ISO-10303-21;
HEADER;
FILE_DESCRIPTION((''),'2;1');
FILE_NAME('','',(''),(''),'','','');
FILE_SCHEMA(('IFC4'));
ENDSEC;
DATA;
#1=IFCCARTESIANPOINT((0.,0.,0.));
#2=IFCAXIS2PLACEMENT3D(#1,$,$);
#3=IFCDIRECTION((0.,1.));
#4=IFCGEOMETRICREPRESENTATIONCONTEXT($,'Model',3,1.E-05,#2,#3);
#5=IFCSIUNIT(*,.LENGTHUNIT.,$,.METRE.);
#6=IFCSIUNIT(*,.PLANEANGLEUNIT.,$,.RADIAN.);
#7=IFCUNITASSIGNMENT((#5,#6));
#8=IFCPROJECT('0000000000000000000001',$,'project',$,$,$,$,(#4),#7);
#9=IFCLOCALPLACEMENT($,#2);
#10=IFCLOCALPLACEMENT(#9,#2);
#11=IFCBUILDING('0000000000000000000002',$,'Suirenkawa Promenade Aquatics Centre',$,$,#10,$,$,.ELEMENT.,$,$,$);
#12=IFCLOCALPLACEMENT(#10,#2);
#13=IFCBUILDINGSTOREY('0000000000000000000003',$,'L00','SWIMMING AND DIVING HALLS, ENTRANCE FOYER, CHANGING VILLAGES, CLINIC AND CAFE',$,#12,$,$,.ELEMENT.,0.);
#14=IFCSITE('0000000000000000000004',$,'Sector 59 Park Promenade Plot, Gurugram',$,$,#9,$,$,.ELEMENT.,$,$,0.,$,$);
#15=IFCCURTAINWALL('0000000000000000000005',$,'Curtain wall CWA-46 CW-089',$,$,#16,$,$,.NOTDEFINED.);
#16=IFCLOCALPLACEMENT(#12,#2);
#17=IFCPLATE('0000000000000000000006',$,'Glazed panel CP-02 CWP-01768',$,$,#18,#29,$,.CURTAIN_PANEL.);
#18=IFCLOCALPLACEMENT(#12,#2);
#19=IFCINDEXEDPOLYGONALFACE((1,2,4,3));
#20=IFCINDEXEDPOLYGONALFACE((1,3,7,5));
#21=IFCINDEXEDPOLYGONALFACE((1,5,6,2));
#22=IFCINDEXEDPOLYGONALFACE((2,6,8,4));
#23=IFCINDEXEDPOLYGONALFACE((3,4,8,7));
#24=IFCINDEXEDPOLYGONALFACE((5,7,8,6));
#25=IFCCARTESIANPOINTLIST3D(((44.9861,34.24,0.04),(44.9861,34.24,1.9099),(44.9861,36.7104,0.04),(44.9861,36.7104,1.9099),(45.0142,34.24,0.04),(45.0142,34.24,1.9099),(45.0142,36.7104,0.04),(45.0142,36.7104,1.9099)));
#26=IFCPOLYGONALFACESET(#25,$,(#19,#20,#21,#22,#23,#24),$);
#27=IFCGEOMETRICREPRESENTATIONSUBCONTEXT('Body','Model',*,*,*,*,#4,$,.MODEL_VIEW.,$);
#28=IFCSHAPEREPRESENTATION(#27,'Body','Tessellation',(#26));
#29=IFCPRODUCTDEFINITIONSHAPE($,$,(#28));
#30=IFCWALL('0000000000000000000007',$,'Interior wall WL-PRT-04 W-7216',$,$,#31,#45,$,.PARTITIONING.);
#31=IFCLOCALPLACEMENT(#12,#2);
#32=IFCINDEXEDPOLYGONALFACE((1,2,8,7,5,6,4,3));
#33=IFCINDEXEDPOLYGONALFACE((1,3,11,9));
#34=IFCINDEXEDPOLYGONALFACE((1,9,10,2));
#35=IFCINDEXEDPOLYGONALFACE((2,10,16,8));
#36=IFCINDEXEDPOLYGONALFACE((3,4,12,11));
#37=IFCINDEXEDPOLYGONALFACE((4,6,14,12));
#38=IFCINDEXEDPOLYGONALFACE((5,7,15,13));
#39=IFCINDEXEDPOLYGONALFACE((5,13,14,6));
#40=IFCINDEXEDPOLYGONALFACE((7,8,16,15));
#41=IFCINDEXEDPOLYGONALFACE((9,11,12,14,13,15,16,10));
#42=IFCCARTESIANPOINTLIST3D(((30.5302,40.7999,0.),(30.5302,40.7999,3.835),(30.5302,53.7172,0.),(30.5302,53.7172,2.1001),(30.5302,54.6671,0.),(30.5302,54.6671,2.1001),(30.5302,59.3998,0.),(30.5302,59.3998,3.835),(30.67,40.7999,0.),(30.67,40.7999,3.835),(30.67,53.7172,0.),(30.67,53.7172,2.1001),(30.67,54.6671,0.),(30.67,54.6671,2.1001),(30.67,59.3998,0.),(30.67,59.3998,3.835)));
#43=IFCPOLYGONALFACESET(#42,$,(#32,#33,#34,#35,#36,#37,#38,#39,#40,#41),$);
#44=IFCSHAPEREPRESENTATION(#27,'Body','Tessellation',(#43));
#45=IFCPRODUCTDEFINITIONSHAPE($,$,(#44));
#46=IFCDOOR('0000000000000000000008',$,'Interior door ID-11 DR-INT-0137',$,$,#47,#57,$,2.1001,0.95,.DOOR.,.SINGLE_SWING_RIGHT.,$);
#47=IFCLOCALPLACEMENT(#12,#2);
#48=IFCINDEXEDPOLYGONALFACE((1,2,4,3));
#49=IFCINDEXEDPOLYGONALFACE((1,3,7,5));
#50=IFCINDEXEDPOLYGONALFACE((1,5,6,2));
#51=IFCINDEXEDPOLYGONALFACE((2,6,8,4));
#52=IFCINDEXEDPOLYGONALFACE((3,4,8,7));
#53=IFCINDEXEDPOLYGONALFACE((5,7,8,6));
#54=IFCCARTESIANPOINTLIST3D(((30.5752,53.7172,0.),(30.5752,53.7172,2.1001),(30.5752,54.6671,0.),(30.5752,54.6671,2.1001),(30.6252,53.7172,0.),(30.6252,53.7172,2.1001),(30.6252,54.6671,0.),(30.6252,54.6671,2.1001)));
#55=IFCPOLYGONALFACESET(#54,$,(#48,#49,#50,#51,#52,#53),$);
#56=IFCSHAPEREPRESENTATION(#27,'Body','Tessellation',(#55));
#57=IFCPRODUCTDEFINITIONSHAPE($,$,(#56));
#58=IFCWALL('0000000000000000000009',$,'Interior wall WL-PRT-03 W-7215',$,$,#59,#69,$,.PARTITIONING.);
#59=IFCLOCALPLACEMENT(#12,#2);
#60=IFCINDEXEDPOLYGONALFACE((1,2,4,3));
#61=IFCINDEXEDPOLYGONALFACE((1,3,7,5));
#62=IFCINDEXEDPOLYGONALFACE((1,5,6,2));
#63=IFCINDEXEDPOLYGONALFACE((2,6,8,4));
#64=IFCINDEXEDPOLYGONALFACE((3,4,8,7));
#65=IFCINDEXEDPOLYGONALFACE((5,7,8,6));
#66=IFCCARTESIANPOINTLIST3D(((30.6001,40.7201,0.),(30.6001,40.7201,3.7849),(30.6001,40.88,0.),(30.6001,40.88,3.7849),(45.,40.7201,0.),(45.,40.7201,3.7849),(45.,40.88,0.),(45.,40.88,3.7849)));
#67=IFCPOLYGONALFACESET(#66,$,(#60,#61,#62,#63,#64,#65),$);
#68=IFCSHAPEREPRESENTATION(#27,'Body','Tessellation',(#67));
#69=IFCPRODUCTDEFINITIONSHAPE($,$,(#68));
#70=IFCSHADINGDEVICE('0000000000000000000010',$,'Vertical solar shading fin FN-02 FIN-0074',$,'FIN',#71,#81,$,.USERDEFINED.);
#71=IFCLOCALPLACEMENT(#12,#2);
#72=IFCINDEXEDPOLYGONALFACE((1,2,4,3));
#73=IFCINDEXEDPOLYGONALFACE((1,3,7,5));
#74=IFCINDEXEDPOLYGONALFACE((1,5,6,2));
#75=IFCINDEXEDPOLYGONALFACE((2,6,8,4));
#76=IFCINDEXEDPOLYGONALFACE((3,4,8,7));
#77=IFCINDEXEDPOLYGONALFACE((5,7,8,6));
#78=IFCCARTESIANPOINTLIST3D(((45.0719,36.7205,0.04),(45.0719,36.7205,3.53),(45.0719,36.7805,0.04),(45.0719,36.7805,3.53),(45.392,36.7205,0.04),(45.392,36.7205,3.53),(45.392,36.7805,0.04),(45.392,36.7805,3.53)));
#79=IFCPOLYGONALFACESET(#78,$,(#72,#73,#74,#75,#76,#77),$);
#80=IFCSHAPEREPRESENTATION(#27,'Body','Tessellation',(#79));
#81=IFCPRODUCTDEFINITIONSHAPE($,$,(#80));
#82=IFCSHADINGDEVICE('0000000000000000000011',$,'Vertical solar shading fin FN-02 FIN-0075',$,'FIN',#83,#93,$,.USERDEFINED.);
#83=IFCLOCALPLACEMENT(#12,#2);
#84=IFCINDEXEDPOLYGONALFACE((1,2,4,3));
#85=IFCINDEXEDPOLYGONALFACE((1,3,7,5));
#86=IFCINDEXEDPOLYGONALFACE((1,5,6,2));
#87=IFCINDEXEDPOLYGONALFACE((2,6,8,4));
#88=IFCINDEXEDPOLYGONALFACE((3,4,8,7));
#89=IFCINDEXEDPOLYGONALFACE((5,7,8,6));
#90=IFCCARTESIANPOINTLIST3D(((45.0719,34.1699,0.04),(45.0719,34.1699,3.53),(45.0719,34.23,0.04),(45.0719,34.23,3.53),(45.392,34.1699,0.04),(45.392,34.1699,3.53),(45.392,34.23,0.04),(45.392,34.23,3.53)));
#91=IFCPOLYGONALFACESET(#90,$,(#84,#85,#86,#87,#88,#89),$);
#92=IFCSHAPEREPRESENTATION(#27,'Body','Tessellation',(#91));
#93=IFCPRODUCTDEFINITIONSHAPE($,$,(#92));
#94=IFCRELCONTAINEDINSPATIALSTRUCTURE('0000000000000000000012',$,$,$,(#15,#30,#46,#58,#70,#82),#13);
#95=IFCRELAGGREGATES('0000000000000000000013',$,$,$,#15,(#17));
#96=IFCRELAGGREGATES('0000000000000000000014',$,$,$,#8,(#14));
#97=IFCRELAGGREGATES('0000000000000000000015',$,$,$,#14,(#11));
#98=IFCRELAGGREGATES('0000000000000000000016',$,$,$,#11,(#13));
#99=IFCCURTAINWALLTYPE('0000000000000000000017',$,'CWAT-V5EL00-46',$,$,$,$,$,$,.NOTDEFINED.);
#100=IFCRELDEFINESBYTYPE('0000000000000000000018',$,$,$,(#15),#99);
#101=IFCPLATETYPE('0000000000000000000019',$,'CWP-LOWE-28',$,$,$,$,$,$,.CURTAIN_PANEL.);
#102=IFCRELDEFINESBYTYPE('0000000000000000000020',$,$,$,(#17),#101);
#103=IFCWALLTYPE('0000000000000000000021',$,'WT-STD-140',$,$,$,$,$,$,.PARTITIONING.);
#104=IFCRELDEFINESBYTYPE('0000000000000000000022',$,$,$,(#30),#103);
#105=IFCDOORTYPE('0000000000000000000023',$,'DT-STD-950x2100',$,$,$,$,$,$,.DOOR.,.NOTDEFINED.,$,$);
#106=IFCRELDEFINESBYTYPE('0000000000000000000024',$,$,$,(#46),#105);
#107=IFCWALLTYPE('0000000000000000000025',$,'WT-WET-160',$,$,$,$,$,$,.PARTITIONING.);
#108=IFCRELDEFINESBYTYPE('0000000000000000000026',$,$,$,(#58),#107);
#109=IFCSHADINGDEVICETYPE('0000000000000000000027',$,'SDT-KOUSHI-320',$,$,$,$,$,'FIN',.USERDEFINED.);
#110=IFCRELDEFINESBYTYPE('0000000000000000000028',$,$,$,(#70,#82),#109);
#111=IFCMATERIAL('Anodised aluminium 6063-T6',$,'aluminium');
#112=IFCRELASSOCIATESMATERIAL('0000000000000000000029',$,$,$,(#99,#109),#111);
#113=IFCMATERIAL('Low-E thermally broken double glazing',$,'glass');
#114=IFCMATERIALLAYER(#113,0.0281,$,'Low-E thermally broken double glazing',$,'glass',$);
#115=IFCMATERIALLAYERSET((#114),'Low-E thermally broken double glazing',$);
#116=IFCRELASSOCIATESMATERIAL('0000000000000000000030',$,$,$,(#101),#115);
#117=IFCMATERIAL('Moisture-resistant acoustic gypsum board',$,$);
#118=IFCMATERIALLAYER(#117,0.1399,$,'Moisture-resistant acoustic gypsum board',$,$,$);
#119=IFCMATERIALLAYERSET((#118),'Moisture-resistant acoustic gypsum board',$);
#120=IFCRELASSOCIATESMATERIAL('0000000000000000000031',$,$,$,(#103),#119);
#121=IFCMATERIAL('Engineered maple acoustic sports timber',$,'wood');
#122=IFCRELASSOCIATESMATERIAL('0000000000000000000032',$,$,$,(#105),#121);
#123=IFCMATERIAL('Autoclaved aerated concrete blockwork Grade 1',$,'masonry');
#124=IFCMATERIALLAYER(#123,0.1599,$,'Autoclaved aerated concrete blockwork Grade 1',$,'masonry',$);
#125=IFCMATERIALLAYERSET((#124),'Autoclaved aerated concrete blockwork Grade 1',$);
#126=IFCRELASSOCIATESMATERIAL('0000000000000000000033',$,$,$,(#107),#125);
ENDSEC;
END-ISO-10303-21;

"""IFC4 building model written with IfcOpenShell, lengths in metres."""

from ifc_helpers import new_model, si_unit, direction, frame, frame_2d, origin, origin_2d, place, context, subcontext, project, spatial, polyline, rectangle, outline, extrude, material, layer, layer_set, type_object, element, fill, aggregate, save


model = new_model("IFC4")

# Units and contexts
model_context = context("Model", 3, precision=1e-05, world=origin(), true_north=direction((0.0, 1.0)))
body_context = subcontext(model_context, "Body", "Model", "MODEL_VIEW")
ifc_project = project(units=[si_unit("LENGTHUNIT", "METRE"), si_unit("PLANEANGLEUNIT", "RADIAN")], contexts=[model_context])

# Site, building, storey
site_placement = place(None, origin())
site = spatial("IfcSite", under=ifc_project, at=site_placement, Name="Sector 59 Park Promenade Plot, Gurugram", CompositionType="ELEMENT", RefElevation=0.0)
building_placement = place(site_placement, origin())
building = spatial("IfcBuilding", under=site, at=building_placement, Name="Suirenkawa Promenade Aquatics Centre", CompositionType="ELEMENT")
storey_placement = place(building_placement, origin())
storey = spatial("IfcBuildingStorey", under=building, at=storey_placement, Name="L00", Description="SWIMMING AND DIVING HALLS, ENTRANCE FOYER, CHANGING VILLAGES, CLINIC AND CAFE", CompositionType="ELEMENT", Elevation=0.0)

# Curtain wall
ifc_material_1 = material(Name="Anodised aluminium 6063-T6", Category="aluminium")
curtain_wall_type_1 = type_object("IfcCurtainWallType", Name="CWAT-V5EL00-46", PredefinedType="NOTDEFINED", material=ifc_material_1)
curtain_wall_1_placement = place(storey_placement, origin())
curtain_wall_1 = element("IfcCurtainWall", 1, at=curtain_wall_1_placement, inside=storey, type_object=curtain_wall_type_1, Name="Curtain wall CWA-46 CW-089", PredefinedType="NOTDEFINED")

# Plate
ifc_material_2 = material(Name="Low-E thermally broken double glazing", Category="glass")
ifc_layer_1 = layer(ifc_material_2, 0.0281, Name="Low-E thermally broken double glazing", Category="glass")
ifc_layer_set_1 = layer_set([ifc_layer_1], Name="Low-E thermally broken double glazing")
plate_type = type_object("IfcPlateType", Name="CWP-LOWE-28", PredefinedType="CURTAIN_PANEL", material=ifc_layer_set_1)
plate_1_placement = place(storey_placement, frame((45.0, 36.7505, 0.04), z_axis=(0.0, 0.0, 1.0), x_axis=(0.0, -1.0, 0.0)))
plate_1 = element("IfcPlate", 2, at=plate_1_placement, type_object=plate_type, Name="Glazed panel CP-02 CWP-01768", PredefinedType="CURTAIN_PANEL", context=body_context, shape_type="SweptSolid", body=[
    extrude(outline(polyline([(0.04, 0.0), (2.5105, 0.0), (2.5105, 1.8699), (0.04, 1.8699), (0.04, 0.0)])), frame((0.0, 0.0142, 0.0), z_axis=(0.0, -1.0, 0.0), x_axis=(1.0, 0.0, 0.0)), (0.0, 0.0, 1.0), 0.0281),
])
aggregate(curtain_wall_1, [plate_1])

# Wall, opening, door
ifc_material_3 = material(Name="Moisture-resistant acoustic gypsum board")
ifc_layer_2 = layer(ifc_material_3, 0.1399, Name="Moisture-resistant acoustic gypsum board")
ifc_layer_set_2 = layer_set([ifc_layer_2], Name="Moisture-resistant acoustic gypsum board")
wall_type_1 = type_object("IfcWallType", Name="WT-STD-140", PredefinedType="PARTITIONING", material=ifc_layer_set_2)
wall_1_placement = place(storey_placement, frame((30.6001, 40.8, 0.0), z_axis=(0.0, 0.0, 1.0), x_axis=(0.0, 1.0, 0.0)))
wall_1 = element("IfcWall", 3, at=wall_1_placement, inside=storey, type_object=wall_type_1, Name="Interior wall WL-PRT-04 W-7216", PredefinedType="PARTITIONING", context=body_context, shape_type="SweptSolid", body=[
    extrude(rectangle(XDim=18.5999, YDim=0.1399, at=frame_2d((9.2998, 0.0))), origin(), (0.0, 0.0, 1.0), 3.835),
])
opening_1_placement = place(wall_1_placement, frame((12.917, 0.0, 0.0)))
opening_1 = element("IfcOpeningElement", 4, at=opening_1_placement, cuts=wall_1, PredefinedType="OPENING", context=body_context, shape_type="SweptSolid", body=[
    extrude(rectangle(XDim=0.95, YDim=2.1001, at=frame_2d((0.4751, 1.05))), frame((0.0, 0.0798, 0.0), z_axis=(0.0, -1.0, 0.0), x_axis=(1.0, 0.0, 0.0)), (0.0, 0.0, 1.0), 0.1599),
])
ifc_material_4 = material(Name="Engineered maple acoustic sports timber", Category="wood")
door_type_1 = type_object("IfcDoorType", Name="DT-STD-950x2100", OperationType="NOTDEFINED", PredefinedType="DOOR", material=ifc_material_4)
door_1_placement = place(opening_1_placement, origin())
door_1 = element("IfcDoor", 5, at=door_1_placement, inside=storey, type_object=door_type_1, Name="Interior door ID-11 DR-INT-0137", OperationType="SINGLE_SWING_RIGHT", OverallHeight=2.1001, OverallWidth=0.95, PredefinedType="DOOR", context=body_context, shape_type="SweptSolid", body=[
    extrude(rectangle(XDim=0.95, YDim=2.1001, at=frame_2d((0.4751, 1.05))), frame((0.0, 0.0249, 0.0), z_axis=(0.0, -1.0, 0.0), x_axis=(1.0, 0.0, 0.0)), (0.0, 0.0, 1.0), 0.05),
])
fill(opening_1, door_1)

# Wall
ifc_material_5 = material(Name="Autoclaved aerated concrete blockwork Grade 1", Category="masonry")
ifc_layer_3 = layer(ifc_material_5, 0.1599, Name="Autoclaved aerated concrete blockwork Grade 1", Category="masonry")
ifc_layer_set_3 = layer_set([ifc_layer_3], Name="Autoclaved aerated concrete blockwork Grade 1")
wall_type_2 = type_object("IfcWallType", Name="WT-WET-160", PredefinedType="PARTITIONING", material=ifc_layer_set_3)
wall_2_placement = place(storey_placement, frame((30.6001, 40.8, 0.0), z_axis=(0.0, 0.0, 1.0), x_axis=(1.0, 0.0, 0.0)))
element("IfcWall", 6, at=wall_2_placement, inside=storey, type_object=wall_type_2, Name="Interior wall WL-PRT-03 W-7215", PredefinedType="PARTITIONING", context=body_context, shape_type="SweptSolid", body=[
    extrude(rectangle(XDim=14.3999, YDim=0.1599, at=frame_2d((7.2, 0.0))), origin(), (0.0, 0.0, 1.0), 3.7849),
])

# Shading devices
shading_device_type = type_object("IfcShadingDeviceType", Name="SDT-KOUSHI-320", ElementType="FIN", PredefinedType="USERDEFINED", material=ifc_material_1)
for number, where, z_axis, x_axis, name in (
    (7, (45.2319, 36.7505, 0.04), (0.0, 0.0, 1.0), (1.0, 0.0, 0.0), "Vertical solar shading fin FN-02 FIN-0074"),
    (8, (45.2319, 34.2, 0.04), (0.0, 0.0, 1.0), (1.0, 0.0, 0.0), "Vertical solar shading fin FN-02 FIN-0075"),
):
    element("IfcShadingDevice", number, at=place(storey_placement, frame(where, z_axis=z_axis, x_axis=x_axis)), inside=storey, type_object=shading_device_type, Name=name, ObjectType="FIN", PredefinedType="USERDEFINED", context=body_context, shape_type="SweptSolid", body=[
        extrude(rectangle(XDim=0.3201, YDim=0.0601, at=origin_2d()), origin(), (0.0, 0.0, 1.0), 3.49),
    ])

save(model, "model.ifc")
